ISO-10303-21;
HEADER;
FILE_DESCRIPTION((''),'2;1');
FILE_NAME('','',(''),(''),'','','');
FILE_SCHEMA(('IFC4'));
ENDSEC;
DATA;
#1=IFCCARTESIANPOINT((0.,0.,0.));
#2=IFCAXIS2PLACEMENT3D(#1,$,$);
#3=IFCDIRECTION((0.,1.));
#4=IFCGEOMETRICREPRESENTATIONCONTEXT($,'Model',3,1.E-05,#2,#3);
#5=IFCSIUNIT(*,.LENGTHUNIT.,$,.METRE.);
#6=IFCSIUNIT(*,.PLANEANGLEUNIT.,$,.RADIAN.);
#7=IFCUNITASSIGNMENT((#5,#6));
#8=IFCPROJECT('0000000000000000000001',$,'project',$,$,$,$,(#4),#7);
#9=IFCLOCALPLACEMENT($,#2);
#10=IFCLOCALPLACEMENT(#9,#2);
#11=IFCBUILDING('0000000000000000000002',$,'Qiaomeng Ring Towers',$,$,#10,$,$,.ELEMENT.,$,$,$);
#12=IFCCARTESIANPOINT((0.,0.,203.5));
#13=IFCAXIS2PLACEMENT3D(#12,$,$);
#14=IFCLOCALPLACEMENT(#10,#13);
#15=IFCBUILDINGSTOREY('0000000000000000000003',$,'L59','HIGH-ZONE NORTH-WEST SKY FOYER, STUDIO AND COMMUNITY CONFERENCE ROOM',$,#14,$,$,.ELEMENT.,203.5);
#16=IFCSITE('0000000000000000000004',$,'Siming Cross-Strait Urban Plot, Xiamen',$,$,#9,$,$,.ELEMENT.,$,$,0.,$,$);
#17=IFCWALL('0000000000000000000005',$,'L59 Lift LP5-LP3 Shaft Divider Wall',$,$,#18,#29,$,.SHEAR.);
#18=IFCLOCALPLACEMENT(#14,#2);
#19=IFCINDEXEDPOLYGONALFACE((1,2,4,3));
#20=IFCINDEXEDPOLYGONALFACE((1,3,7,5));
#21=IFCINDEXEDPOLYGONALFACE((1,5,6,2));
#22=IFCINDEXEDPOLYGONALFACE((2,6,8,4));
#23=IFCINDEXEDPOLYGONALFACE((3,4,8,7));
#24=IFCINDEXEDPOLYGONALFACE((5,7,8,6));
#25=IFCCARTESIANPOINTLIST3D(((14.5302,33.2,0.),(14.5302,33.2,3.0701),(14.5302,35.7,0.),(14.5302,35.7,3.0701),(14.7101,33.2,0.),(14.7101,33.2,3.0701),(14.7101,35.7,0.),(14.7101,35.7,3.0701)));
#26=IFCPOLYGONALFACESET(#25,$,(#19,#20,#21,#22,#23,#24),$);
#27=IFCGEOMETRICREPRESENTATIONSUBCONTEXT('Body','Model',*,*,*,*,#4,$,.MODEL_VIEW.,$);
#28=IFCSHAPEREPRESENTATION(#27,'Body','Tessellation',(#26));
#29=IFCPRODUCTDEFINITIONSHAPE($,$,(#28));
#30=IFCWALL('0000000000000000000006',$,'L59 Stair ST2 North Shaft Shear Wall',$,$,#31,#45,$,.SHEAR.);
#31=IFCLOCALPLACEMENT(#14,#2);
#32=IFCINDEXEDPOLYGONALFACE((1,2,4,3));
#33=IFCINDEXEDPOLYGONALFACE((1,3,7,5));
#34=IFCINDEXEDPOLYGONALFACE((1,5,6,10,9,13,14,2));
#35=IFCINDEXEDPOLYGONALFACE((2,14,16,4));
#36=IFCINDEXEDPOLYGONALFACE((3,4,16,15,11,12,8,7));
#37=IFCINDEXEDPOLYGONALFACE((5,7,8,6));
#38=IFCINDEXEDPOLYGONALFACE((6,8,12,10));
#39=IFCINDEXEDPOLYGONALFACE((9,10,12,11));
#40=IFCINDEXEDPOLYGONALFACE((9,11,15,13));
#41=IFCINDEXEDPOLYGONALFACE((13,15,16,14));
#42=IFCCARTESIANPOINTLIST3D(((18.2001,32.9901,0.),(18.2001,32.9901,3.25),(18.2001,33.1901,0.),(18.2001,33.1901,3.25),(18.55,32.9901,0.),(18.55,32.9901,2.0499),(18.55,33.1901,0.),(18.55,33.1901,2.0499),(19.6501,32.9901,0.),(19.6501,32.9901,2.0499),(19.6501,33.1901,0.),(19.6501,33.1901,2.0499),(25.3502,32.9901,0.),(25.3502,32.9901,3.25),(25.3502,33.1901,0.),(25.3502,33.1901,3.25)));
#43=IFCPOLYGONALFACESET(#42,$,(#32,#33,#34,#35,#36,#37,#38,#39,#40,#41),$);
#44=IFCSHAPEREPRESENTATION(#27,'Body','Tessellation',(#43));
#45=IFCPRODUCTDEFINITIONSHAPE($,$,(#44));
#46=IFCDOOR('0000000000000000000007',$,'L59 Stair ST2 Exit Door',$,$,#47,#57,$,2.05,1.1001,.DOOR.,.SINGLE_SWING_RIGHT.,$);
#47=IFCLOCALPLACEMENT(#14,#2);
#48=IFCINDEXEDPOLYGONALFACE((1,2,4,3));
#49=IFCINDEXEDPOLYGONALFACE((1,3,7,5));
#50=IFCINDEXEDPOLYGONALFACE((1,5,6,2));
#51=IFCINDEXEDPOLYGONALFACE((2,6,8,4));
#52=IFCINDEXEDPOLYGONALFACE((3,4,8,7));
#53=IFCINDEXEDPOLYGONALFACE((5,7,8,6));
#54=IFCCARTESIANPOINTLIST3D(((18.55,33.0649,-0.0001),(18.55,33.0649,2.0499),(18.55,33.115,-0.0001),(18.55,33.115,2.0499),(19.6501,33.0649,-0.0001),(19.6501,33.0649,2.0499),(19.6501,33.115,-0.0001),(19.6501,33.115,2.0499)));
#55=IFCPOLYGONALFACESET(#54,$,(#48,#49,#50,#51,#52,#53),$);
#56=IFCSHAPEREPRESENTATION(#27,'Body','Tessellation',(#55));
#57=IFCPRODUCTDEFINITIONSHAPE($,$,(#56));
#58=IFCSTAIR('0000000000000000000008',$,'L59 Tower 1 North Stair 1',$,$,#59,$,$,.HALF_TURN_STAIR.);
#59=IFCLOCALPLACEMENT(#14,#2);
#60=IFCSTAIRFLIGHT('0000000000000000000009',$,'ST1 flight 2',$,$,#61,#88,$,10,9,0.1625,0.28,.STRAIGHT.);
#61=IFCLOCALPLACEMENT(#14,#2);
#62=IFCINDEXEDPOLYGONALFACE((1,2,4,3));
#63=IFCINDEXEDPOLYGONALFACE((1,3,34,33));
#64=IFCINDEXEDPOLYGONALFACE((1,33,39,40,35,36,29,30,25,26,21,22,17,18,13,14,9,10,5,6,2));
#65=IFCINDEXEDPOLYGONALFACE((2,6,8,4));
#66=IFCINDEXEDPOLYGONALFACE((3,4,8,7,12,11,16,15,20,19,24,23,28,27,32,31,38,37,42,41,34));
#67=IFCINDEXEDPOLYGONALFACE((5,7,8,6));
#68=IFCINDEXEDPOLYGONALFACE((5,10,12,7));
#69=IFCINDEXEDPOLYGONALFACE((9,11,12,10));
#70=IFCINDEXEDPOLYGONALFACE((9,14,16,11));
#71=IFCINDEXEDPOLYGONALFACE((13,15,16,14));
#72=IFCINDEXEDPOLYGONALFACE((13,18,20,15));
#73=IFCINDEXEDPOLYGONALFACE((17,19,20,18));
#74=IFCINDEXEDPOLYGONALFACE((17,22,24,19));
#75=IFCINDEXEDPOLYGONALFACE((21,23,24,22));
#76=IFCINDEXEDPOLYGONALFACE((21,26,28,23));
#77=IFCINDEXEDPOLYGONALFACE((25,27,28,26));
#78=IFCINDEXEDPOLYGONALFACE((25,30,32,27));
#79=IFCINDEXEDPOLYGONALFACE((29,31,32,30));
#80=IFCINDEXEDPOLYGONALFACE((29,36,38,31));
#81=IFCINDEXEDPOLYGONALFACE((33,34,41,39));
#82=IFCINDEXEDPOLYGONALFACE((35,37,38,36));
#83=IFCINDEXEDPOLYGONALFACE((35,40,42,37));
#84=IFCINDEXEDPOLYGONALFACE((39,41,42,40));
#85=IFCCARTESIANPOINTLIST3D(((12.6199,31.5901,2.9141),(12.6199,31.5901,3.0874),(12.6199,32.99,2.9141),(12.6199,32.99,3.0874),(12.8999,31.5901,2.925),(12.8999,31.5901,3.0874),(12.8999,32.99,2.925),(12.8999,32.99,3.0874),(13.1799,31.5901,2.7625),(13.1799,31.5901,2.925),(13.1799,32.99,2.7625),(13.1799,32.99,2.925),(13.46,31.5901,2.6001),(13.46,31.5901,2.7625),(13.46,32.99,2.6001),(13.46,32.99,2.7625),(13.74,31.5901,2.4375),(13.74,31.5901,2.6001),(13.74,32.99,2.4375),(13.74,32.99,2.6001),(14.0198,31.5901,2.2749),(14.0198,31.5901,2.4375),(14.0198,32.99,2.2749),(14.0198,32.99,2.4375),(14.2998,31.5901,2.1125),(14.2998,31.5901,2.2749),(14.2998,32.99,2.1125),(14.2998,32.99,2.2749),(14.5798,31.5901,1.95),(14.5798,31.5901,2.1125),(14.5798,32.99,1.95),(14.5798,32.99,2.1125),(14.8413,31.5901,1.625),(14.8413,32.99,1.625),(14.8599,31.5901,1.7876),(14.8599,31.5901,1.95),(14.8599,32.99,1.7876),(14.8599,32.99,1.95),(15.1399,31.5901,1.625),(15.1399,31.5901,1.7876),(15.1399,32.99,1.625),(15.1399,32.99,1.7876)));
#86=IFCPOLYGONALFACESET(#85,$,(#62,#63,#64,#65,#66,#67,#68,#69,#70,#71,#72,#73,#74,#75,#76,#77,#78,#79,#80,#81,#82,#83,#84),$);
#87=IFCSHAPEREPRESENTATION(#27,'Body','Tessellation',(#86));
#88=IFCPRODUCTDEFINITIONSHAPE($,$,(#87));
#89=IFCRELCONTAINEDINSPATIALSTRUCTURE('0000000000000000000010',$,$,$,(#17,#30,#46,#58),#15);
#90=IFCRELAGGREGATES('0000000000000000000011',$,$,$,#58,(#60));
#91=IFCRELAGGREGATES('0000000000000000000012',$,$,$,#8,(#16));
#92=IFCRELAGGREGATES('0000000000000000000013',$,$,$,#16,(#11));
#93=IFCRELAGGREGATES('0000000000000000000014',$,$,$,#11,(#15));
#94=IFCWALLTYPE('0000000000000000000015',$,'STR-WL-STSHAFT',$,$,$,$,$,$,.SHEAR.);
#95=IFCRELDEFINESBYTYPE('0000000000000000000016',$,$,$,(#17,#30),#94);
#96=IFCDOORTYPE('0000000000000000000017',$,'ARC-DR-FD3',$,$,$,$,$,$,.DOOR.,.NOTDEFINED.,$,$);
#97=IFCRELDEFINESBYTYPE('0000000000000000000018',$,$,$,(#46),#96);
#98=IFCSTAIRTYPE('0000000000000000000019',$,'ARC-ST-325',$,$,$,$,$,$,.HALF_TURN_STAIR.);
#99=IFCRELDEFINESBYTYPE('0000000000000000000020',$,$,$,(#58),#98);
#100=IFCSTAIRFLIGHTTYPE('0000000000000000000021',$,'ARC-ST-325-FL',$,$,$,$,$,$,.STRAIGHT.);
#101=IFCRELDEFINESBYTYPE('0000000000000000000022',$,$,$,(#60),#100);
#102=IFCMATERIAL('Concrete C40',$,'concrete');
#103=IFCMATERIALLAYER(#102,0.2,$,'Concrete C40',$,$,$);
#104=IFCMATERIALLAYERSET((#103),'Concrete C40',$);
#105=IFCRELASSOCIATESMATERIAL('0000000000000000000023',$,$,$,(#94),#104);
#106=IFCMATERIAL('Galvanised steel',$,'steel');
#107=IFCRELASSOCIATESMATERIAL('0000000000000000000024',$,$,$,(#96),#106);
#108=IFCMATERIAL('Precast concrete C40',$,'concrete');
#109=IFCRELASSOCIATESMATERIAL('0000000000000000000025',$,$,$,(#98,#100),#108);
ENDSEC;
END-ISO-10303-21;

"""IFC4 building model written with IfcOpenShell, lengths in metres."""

from ifc_helpers import new_model, si_unit, direction, frame, frame_2d, origin, place, context, subcontext, project, spatial, polyline, rectangle, outline, extrude, source, transform, mapped, material, layer, layer_set, type_object, element, fill, aggregate, save


model = new_model("IFC4")

# Units and contexts
model_context = context("Model", 3, precision=1e-05, world=origin(), true_north=direction((0.0, 1.0)))
body_context = subcontext(model_context, "Body", "Model", "MODEL_VIEW")
ifc_project = project(units=[si_unit("LENGTHUNIT", "METRE"), si_unit("PLANEANGLEUNIT", "RADIAN")], contexts=[model_context])

# Site, building, storey
site_placement = place(None, origin())
site = spatial("IfcSite", under=ifc_project, at=site_placement, Name="Siming Cross-Strait Urban Plot, Xiamen", CompositionType="ELEMENT", RefElevation=0.0)
building_placement = place(site_placement, origin())
building = spatial("IfcBuilding", under=site, at=building_placement, Name="Qiaomeng Ring Towers", CompositionType="ELEMENT")
storey_placement = place(building_placement, frame((0.0, 0.0, 203.5)))
storey = spatial("IfcBuildingStorey", under=building, at=storey_placement, Name="L59", Description="HIGH-ZONE NORTH-WEST SKY FOYER, STUDIO AND COMMUNITY CONFERENCE ROOM", CompositionType="ELEMENT", Elevation=203.5)

# Wall
ifc_material_1 = material(Name="Concrete C40", Category="concrete")
ifc_layer_1 = layer(ifc_material_1, 0.2, Name="Concrete C40")
ifc_layer_set_1 = layer_set([ifc_layer_1], Name="Concrete C40")
wall_type_1 = type_object("IfcWallType", Name="STR-WL-STSHAFT", PredefinedType="SHEAR", material=ifc_layer_set_1)
wall_1_placement = place(storey_placement, frame((14.6201, 33.2, 0.0), z_axis=(0.0, 0.0, 1.0), x_axis=(0.0, 1.0, 0.0)))
element("IfcWall", 1, at=wall_1_placement, inside=storey, type_object=wall_type_1, Name="L59 Lift LP5-LP3 Shaft Divider Wall", PredefinedType="SHEAR", context=body_context, shape_type="SweptSolid", body=[
    extrude(rectangle(XDim=2.5, YDim=0.1799, at=frame_2d((1.25, 0.0))), origin(), (0.0, 0.0, 1.0), 3.0701),
])

# Wall, opening, door
wall_2_placement = place(storey_placement, frame((18.2, 33.0901, 0.0), z_axis=(0.0, 0.0, 1.0), x_axis=(1.0, 0.0, 0.0)))
wall_2 = element("IfcWall", 2, at=wall_2_placement, inside=storey, type_object=wall_type_1, Name="L59 Stair ST2 North Shaft Shear Wall", PredefinedType="SHEAR", context=body_context, shape_type="SweptSolid", body=[
    extrude(rectangle(XDim=7.1501, YDim=0.2, at=frame_2d((3.5752, 0.0))), origin(), (0.0, 0.0, 1.0), 3.25),
])
opening_placement = place(wall_2_placement, frame((0.3501, 0.0, 0.0)))
opening = element("IfcOpeningElement", 3, at=opening_placement, cuts=wall_2, PredefinedType="OPENING", context=body_context, shape_type="SweptSolid", body=[
    extrude(rectangle(XDim=1.1001, YDim=2.05, at=frame_2d((0.55, 1.0249))), frame((0.0, 0.1099, 0.0), z_axis=(0.0, -1.0, 0.0), x_axis=(1.0, 0.0, 0.0)), (0.0, 0.0, 1.0), 0.22),
])
ifc_material_2 = material(Name="Galvanised steel", Category="steel")
door_type = type_object("IfcDoorType", Name="ARC-DR-FD3", OperationType="NOTDEFINED", PredefinedType="DOOR", material=ifc_material_2)
shared_shape_1 = source(origin(), body_context, "Body", "SweptSolid", [
    extrude(rectangle(XDim=1.1001, YDim=2.05, at=frame_2d((0.55, 1.0249))), frame((0.0, 0.0249, 0.0), z_axis=(0.0, -1.0, 0.0), x_axis=(1.0, 0.0, 0.0)), (0.0, 0.0, 1.0), 0.05),
])
door_placement = place(opening_placement, origin())
door = element("IfcDoor", 4, at=door_placement, inside=storey, type_object=door_type, Name="L59 Stair ST2 Exit Door", OperationType="SINGLE_SWING_RIGHT", OverallHeight=2.05, OverallWidth=1.1001, PredefinedType="DOOR", context=body_context, shape_type="MappedRepresentation", body=[
    mapped(shared_shape_1, transform((0.0, 0.0, 0.0), x_axis=(1.0, 0.0, 0.0), y_axis=(0.0, 1.0, 0.0), z_axis=(0.0, 0.0, 1.0), scale=1.0)),
])
fill(opening, door)

# Stair, stair flight
ifc_material_3 = material(Name="Precast concrete C40", Category="concrete")
stair_type = type_object("IfcStairType", Name="ARC-ST-325", PredefinedType="HALF_TURN_STAIR", material=ifc_material_3)
stair_placement = place(storey_placement, origin())
stair = element("IfcStair", 5, at=stair_placement, inside=storey, type_object=stair_type, Name="L59 Tower 1 North Stair 1", PredefinedType="HALF_TURN_STAIR")
stair_flight_type = type_object("IfcStairFlightType", Name="ARC-ST-325-FL", PredefinedType="STRAIGHT", material=ifc_material_3)
shared_shape_2 = source(origin(), body_context, "Body", "SweptSolid", [
    extrude(outline(polyline([(0.0, 0.0), (0.0, 0.1626), (0.28, 0.1626), (0.28, 0.325), (0.5601, 0.325), (0.5601, 0.4875), (0.8401, 0.4875), (0.8401, 0.6499), (1.1201, 0.6499), (1.1201, 0.8125), (1.3999, 0.8125), (1.3999, 0.9751), (1.6799, 0.9751), (1.6799, 1.1375), (1.96, 1.1375), (1.96, 1.3), (2.24, 1.3), (2.24, 1.4624), (2.52, 1.4624), (2.52, 1.625), (2.52, 1.2891), (0.2986, 0.0), (0.0, 0.0)])), frame((0.0, 0.7, 0.0), z_axis=(0.0, -1.0, 0.0), x_axis=(1.0, 0.0, 0.0)), (0.0, 0.0, 1.0), 1.3999),
])
stair_flight_placement = place(storey_placement, frame((15.1399, 32.29, 1.625), z_axis=(0.0, 0.0, 1.0), x_axis=(-1.0, 0.0, 0.0)))
stair_flight = element("IfcStairFlight", 6, at=stair_flight_placement, type_object=stair_flight_type, Name="ST1 flight 2", NumberOfRisers=10, NumberOfTreads=9, PredefinedType="STRAIGHT", RiserHeight=0.1625, TreadLength=0.28, context=body_context, shape_type="MappedRepresentation", body=[
    mapped(shared_shape_2, transform((0.0, 0.0, 0.0), x_axis=(1.0, 0.0, 0.0), y_axis=(0.0, 1.0, 0.0), z_axis=(0.0, 0.0, 1.0), scale=1.0)),
])
aggregate(stair, [stair_flight])

save(model, "model.ifc")
